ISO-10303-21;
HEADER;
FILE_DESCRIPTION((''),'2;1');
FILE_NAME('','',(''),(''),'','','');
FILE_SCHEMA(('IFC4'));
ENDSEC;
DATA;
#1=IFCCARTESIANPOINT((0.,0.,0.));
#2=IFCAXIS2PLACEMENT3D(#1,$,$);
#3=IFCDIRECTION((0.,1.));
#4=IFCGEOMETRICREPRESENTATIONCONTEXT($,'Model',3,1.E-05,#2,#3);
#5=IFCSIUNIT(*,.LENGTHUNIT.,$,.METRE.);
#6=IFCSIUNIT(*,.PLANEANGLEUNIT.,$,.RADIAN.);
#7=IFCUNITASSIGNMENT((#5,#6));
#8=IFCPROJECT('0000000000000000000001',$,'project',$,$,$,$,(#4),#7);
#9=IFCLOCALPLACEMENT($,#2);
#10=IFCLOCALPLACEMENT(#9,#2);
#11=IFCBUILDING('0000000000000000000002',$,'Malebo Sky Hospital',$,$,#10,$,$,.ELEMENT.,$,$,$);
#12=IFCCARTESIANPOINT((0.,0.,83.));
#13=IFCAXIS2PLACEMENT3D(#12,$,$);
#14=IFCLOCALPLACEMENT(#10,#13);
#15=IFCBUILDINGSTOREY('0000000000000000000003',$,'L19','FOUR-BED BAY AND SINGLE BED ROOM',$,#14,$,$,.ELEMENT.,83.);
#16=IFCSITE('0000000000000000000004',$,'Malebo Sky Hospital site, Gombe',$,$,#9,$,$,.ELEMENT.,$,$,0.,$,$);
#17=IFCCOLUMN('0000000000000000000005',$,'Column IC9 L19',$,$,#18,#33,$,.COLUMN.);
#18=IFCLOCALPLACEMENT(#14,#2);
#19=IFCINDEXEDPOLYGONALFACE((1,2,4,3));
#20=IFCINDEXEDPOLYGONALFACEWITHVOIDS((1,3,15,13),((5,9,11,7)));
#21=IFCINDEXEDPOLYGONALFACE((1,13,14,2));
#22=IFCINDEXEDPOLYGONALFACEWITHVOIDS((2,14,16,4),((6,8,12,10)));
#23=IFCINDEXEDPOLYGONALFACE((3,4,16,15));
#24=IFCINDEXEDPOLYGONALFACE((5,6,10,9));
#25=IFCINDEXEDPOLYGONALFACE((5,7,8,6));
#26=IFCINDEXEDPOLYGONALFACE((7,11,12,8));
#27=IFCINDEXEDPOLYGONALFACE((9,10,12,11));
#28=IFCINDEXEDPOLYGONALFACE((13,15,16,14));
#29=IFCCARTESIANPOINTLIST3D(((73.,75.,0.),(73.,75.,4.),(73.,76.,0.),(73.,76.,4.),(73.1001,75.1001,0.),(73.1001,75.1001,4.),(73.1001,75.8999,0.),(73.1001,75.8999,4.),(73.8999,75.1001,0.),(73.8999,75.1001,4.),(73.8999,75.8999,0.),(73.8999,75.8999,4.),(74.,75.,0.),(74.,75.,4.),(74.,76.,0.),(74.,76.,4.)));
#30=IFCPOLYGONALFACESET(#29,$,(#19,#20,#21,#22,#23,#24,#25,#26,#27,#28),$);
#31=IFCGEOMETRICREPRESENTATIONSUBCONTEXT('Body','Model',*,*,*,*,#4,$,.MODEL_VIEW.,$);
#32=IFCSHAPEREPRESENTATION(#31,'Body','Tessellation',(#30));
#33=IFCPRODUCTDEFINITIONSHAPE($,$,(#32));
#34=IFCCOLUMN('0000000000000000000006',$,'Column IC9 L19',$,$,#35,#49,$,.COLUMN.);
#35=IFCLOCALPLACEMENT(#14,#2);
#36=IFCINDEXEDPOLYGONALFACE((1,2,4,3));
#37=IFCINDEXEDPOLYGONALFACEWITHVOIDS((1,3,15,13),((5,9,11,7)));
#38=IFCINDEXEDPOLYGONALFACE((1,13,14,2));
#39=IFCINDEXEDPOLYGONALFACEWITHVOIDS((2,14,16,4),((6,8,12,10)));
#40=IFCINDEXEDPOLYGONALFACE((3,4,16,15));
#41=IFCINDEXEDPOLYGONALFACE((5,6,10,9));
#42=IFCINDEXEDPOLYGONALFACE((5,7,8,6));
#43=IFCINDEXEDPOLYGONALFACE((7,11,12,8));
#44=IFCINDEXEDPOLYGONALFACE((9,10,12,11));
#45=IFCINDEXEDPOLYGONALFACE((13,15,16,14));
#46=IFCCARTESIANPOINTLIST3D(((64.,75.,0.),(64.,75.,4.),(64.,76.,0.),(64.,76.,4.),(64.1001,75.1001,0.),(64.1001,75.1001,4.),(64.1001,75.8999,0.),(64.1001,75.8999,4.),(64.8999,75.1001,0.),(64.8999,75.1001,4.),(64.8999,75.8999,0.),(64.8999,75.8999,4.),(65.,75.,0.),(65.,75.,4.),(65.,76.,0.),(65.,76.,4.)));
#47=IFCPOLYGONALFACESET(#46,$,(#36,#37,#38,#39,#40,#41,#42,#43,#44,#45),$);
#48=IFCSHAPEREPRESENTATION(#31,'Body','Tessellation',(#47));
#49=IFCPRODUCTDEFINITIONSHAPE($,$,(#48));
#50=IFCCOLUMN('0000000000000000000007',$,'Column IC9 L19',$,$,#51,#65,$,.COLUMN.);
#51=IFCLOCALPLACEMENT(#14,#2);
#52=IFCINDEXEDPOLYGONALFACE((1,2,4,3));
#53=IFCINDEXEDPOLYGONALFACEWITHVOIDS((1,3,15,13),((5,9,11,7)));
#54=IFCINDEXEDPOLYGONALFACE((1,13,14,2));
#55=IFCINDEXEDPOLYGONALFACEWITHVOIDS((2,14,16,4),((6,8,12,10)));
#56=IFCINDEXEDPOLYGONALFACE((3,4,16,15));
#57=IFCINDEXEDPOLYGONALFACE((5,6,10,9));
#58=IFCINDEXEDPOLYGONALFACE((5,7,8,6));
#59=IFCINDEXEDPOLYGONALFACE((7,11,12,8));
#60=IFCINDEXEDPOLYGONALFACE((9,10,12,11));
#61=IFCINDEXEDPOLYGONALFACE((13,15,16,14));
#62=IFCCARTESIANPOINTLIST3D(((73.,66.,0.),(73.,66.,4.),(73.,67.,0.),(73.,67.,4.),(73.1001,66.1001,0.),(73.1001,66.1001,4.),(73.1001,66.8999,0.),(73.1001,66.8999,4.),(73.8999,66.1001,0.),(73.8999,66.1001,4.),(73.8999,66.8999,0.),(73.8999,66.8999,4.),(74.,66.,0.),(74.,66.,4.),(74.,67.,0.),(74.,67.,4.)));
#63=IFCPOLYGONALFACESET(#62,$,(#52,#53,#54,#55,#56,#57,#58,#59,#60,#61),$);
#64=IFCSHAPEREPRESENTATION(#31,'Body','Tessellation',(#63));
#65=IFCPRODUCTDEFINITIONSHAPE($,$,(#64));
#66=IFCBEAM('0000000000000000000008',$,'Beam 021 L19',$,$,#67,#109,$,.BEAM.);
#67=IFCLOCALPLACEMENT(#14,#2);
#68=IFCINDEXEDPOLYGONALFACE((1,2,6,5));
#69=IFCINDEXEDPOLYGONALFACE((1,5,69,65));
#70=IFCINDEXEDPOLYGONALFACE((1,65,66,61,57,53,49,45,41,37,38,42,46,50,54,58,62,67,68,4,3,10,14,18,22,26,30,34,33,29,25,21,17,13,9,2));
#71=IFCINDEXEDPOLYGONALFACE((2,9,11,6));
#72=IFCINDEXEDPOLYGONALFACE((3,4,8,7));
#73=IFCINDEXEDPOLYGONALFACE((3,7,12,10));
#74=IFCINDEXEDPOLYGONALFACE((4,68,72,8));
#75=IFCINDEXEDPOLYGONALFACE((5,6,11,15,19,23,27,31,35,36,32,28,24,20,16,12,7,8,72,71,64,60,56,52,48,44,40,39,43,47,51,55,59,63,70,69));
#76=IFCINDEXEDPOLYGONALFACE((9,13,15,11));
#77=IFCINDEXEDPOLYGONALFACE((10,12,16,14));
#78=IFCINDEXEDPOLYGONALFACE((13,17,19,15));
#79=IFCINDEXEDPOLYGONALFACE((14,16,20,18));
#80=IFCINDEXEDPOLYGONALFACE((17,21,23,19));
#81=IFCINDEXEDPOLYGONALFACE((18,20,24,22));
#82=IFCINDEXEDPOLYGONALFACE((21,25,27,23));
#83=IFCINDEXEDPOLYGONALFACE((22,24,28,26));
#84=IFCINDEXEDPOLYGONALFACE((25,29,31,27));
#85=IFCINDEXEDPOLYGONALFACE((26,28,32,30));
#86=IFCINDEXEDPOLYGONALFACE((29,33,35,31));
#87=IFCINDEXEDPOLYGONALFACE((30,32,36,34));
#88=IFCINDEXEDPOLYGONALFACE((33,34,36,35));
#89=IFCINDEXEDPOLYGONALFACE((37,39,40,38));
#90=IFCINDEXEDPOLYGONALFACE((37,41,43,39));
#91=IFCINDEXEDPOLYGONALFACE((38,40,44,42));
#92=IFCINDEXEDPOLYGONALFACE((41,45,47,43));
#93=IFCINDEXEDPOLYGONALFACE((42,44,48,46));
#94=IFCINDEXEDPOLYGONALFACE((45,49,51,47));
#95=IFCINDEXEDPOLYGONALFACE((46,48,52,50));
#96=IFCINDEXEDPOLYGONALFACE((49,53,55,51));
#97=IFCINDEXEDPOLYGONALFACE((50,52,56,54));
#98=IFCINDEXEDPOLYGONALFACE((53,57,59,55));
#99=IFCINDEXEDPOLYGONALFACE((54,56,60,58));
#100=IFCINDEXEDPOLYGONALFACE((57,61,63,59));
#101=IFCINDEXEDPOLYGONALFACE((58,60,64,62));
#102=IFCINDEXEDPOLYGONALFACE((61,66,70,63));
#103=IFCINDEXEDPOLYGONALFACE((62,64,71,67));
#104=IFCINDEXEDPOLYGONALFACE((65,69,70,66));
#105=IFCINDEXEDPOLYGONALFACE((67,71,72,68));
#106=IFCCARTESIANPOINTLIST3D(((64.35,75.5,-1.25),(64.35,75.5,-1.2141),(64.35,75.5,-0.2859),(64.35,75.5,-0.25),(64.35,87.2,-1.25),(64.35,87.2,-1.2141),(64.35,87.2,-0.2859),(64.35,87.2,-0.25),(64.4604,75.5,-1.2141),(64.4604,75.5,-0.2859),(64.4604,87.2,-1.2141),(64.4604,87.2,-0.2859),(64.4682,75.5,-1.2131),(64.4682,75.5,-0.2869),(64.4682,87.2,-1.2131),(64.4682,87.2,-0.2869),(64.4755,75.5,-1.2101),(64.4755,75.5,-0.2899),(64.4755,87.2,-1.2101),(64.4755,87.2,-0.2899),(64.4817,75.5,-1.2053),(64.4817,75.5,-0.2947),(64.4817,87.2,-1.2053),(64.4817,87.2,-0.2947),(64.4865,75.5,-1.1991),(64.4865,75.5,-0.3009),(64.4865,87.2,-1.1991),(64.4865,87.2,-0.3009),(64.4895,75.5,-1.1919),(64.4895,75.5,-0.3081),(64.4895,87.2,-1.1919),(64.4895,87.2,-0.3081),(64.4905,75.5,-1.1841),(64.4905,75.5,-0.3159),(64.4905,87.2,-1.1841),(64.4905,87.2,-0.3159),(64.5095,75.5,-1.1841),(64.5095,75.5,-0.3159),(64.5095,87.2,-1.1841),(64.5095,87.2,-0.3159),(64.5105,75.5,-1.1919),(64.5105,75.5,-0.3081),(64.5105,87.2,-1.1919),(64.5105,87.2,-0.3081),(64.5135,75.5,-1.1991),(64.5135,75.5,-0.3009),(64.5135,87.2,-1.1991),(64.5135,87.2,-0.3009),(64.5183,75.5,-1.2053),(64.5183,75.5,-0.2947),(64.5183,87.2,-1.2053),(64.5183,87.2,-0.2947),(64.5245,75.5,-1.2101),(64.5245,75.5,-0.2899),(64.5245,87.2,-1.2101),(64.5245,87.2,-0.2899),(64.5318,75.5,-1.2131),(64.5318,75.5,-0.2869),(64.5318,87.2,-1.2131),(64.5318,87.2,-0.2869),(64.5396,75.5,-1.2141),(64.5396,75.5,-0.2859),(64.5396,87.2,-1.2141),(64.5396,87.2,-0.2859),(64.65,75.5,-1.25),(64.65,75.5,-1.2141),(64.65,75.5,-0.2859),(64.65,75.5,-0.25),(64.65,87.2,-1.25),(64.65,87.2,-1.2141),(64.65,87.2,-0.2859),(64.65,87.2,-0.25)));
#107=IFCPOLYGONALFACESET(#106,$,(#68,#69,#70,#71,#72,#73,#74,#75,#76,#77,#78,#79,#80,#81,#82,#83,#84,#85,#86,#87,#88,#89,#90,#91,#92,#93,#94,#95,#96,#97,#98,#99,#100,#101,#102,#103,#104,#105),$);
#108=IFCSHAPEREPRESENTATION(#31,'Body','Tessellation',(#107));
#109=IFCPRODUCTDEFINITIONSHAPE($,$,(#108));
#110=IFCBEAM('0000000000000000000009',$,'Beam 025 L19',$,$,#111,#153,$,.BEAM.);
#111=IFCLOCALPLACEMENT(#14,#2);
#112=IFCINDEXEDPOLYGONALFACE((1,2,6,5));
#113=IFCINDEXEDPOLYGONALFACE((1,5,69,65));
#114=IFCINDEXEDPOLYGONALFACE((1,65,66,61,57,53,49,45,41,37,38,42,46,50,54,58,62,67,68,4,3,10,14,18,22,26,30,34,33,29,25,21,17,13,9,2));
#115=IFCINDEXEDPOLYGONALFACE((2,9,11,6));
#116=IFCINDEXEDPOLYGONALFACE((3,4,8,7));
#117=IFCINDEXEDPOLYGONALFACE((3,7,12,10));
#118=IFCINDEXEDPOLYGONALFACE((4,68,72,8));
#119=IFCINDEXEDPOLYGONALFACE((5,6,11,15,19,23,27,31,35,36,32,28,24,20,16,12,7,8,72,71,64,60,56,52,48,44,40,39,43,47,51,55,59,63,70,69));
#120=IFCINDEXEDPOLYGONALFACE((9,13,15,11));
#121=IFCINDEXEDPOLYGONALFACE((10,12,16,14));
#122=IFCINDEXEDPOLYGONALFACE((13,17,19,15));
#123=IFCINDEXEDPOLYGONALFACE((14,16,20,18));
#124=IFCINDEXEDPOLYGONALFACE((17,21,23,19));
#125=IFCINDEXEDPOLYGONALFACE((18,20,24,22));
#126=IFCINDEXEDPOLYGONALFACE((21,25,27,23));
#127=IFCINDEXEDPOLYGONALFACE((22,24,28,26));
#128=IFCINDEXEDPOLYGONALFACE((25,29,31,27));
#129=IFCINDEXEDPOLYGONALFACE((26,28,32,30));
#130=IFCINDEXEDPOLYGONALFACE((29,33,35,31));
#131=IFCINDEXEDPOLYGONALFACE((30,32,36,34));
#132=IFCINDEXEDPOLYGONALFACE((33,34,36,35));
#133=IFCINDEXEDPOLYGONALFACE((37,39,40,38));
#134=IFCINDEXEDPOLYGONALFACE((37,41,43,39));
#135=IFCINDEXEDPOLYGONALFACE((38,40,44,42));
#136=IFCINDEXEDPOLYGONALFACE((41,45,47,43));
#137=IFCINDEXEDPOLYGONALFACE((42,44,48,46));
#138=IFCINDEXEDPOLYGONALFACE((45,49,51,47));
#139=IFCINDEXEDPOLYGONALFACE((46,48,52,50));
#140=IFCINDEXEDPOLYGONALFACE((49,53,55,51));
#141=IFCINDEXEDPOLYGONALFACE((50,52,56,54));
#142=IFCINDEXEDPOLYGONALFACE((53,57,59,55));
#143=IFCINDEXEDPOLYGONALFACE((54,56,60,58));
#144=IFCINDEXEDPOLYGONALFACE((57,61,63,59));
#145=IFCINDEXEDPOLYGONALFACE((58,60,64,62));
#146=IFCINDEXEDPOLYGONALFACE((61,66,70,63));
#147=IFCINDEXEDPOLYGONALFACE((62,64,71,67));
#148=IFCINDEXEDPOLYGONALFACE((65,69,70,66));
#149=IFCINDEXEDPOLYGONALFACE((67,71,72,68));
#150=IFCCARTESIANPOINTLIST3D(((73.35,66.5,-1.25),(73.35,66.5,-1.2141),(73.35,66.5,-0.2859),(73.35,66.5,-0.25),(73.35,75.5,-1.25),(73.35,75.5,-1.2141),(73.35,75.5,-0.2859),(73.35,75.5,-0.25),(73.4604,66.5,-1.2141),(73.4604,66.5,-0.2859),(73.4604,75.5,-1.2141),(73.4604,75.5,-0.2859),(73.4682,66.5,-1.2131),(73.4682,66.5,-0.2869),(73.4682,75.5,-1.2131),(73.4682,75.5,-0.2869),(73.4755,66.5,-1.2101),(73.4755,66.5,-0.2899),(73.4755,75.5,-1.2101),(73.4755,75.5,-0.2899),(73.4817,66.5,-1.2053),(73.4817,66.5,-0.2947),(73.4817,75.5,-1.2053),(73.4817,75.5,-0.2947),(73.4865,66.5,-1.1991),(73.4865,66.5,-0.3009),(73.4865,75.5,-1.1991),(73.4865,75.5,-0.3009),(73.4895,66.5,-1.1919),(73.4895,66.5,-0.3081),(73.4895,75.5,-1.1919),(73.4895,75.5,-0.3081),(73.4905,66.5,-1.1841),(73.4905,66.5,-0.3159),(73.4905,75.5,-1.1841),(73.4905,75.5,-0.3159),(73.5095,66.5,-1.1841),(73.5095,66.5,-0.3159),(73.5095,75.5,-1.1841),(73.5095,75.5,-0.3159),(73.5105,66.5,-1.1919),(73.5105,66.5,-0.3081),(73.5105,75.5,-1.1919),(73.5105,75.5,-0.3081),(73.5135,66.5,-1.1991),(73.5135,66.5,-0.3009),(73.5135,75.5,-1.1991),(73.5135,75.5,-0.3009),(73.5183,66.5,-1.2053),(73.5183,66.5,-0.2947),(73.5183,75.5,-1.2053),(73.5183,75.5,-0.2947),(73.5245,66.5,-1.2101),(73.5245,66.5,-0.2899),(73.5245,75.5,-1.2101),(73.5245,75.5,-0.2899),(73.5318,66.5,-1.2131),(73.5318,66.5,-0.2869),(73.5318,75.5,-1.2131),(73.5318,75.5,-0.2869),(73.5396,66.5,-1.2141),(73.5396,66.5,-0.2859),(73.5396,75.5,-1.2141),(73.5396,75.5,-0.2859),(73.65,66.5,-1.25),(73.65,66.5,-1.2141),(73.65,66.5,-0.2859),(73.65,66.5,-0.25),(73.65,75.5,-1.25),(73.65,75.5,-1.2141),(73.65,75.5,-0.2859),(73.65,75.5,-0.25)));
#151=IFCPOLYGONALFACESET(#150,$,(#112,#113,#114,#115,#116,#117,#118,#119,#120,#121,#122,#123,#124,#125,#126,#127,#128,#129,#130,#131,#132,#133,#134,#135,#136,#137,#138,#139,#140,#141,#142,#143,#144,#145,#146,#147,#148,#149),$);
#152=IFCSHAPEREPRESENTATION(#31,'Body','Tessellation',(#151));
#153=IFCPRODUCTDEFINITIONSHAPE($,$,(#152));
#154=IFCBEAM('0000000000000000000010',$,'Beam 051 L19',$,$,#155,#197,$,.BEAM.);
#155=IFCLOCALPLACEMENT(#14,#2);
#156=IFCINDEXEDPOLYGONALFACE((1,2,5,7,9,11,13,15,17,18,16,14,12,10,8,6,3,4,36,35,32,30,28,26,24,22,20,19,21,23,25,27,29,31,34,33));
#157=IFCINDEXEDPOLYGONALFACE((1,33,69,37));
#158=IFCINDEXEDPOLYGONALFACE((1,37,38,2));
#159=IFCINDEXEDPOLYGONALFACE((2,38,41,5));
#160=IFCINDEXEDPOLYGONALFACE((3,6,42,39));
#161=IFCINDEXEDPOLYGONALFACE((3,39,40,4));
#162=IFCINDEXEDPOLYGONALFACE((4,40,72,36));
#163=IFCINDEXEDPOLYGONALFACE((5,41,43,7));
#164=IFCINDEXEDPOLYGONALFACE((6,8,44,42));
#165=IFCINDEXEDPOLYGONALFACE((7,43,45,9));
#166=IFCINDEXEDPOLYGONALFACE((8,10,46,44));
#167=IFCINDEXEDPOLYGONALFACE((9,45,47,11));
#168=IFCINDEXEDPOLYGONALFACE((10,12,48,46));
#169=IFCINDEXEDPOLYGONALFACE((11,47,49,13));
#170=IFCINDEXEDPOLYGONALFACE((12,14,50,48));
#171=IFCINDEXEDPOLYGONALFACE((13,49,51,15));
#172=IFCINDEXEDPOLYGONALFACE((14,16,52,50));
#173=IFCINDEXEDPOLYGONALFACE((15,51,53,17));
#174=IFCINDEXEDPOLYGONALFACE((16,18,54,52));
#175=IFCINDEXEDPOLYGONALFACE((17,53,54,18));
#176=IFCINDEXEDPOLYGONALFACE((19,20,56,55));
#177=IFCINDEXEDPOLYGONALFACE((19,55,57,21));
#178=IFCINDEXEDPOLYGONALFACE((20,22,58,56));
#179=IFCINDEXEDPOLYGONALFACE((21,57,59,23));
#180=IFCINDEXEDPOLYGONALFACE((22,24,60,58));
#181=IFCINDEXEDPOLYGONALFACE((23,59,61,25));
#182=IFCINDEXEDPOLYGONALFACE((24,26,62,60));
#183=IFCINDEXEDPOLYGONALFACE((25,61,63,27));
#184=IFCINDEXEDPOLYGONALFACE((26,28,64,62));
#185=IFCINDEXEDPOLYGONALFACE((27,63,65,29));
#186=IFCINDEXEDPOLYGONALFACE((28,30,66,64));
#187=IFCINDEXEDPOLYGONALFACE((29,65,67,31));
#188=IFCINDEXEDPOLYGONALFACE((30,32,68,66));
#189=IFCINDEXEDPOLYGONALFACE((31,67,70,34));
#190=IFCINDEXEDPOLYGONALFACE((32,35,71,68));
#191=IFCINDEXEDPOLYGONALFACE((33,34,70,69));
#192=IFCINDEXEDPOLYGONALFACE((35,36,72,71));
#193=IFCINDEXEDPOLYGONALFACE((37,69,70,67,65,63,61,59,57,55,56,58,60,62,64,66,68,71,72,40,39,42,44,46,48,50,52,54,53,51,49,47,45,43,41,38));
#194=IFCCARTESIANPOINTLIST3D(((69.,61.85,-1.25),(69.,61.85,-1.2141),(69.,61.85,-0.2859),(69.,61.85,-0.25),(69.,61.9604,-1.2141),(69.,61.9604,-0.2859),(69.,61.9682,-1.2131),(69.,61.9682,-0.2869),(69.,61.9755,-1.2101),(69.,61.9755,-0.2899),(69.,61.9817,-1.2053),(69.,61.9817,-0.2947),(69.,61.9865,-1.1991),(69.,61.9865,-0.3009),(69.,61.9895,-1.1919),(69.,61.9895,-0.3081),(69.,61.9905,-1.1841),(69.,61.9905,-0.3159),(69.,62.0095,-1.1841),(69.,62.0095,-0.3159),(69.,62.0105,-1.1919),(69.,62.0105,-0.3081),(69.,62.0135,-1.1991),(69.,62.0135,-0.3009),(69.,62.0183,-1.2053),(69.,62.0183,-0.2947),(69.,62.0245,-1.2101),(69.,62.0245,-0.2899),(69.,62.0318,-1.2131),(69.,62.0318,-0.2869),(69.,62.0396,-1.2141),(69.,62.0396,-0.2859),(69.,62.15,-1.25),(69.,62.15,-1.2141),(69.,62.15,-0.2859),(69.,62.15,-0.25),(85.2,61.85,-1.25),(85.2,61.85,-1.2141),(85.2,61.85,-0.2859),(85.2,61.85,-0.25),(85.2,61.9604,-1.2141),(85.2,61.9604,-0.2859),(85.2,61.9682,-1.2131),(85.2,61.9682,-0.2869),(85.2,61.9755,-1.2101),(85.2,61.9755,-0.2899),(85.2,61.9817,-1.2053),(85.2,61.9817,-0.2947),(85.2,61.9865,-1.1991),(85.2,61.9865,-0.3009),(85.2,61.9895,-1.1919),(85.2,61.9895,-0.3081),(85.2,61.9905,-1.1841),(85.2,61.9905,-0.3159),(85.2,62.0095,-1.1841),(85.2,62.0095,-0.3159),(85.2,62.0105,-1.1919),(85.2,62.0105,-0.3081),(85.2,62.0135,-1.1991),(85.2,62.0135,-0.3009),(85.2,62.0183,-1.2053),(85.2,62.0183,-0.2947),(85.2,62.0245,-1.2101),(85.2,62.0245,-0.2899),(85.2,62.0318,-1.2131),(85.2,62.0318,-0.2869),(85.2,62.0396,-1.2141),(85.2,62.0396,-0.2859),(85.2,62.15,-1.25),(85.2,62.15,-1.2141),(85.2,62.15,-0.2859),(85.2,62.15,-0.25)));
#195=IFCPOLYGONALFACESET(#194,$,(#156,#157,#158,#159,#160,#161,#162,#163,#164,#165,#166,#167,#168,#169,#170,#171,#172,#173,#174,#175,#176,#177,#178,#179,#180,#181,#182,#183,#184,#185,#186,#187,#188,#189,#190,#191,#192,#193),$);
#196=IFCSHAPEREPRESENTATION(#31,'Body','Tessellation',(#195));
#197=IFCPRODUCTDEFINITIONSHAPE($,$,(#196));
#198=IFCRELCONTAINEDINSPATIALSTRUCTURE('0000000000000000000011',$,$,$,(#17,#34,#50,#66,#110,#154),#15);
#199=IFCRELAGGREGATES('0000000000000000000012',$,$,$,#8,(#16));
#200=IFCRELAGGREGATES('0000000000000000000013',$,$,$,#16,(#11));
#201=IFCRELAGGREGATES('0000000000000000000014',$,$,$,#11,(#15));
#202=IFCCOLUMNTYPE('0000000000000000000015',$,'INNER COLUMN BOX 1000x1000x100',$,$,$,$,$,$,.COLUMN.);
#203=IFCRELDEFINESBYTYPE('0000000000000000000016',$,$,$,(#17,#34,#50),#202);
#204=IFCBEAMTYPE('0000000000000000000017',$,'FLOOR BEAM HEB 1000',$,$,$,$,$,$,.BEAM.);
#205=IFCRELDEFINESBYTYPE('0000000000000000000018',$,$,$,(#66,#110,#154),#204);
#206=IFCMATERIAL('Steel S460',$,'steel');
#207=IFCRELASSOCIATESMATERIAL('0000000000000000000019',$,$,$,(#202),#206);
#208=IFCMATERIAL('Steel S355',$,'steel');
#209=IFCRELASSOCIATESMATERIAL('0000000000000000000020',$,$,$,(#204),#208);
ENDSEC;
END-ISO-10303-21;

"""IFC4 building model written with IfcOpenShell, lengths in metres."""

from ifc_helpers import new_model, si_unit, direction, frame, origin, origin_2d, place, context, subcontext, project, spatial, hollow_rectangle, i_section, extrude, material, material_profile, profile_set, type_object, element, save


model = new_model("IFC4")

# Units and contexts
model_context = context("Model", 3, precision=1e-05, world=origin(), true_north=direction((0.0, 1.0)))
body_context = subcontext(model_context, "Body", "Model", "MODEL_VIEW")
ifc_project = project(units=[si_unit("LENGTHUNIT", "METRE"), si_unit("PLANEANGLEUNIT", "RADIAN")], contexts=[model_context])

# Site, building, storey
site_placement = place(None, origin())
site = spatial("IfcSite", under=ifc_project, at=site_placement, Name="Malebo Sky Hospital site, Gombe", CompositionType="ELEMENT", RefElevation=0.0)
building_placement = place(site_placement, origin())
building = spatial("IfcBuilding", under=site, at=building_placement, Name="Malebo Sky Hospital", CompositionType="ELEMENT")
storey_placement = place(building_placement, frame((0.0, 0.0, 83.0)))
storey = spatial("IfcBuildingStorey", under=building, at=storey_placement, Name="L19", Description="FOUR-BED BAY AND SINGLE BED ROOM", CompositionType="ELEMENT", Elevation=83.0)

# Columns
ifc_material_1 = material(Name="Steel S460", Category="steel")
ifc_material_profile_1 = material_profile(ifc_material_1, hollow_rectangle(XDim=1.0, YDim=1.0, WallThickness=0.1001, at=origin_2d()), Name="BOX 1000x1000x100")
ifc_profile_set_1 = profile_set([ifc_material_profile_1], Name="Steel S460")
column_type = type_object("IfcColumnType", Name="INNER COLUMN BOX 1000x1000x100", PredefinedType="COLUMN", material=ifc_profile_set_1)
for number, where, z_axis, x_axis, name in (
    (1, (73.5, 75.5, 0.0), (0.0, 0.0, 1.0), (1.0, 0.0, 0.0), "Column IC9 L19"),
    (2, (64.5, 75.5, 0.0), (0.0, 0.0, 1.0), (1.0, 0.0, 0.0), "Column IC9 L19"),
    (3, (73.5, 66.5, 0.0), (0.0, 0.0, 1.0), (1.0, 0.0, 0.0), "Column IC9 L19"),
):
    element("IfcColumn", number, at=place(storey_placement, frame(where, z_axis=z_axis, x_axis=x_axis)), inside=storey, type_object=column_type, Name=name, PredefinedType="COLUMN", context=body_context, shape_type="SweptSolid", body=[
        extrude(hollow_rectangle(XDim=1.0, YDim=1.0, WallThickness=0.1001, at=origin_2d()), origin(), (0.0, 0.0, 1.0), 4.0),
    ])

# Beams
ifc_material_2 = material(Name="Steel S355", Category="steel")
ifc_material_profile_2 = material_profile(ifc_material_2, i_section(OverallWidth=0.3, OverallDepth=1.0, WebThickness=0.019, FlangeThickness=0.0359, FilletRadius=0.03, at=origin_2d()), Name="HEB 1000")
ifc_profile_set_2 = profile_set([ifc_material_profile_2], Name="Steel S355")
beam_type_1 = type_object("IfcBeamType", Name="FLOOR BEAM HEB 1000", PredefinedType="BEAM", material=ifc_profile_set_2)
beam_1_placement = place(storey_placement, frame((64.5, 75.5, -0.75), z_axis=(0.0, 1.0, 0.0), x_axis=(-1.0, 0.0, 0.0)))
element("IfcBeam", 4, at=beam_1_placement, inside=storey, type_object=beam_type_1, Name="Beam 021 L19", PredefinedType="BEAM", context=body_context, shape_type="SweptSolid", body=[
    extrude(i_section(OverallWidth=0.3, OverallDepth=1.0, WebThickness=0.019, FlangeThickness=0.0359, FilletRadius=0.03, at=origin_2d()), origin(), (0.0, 0.0, 1.0), 11.7),
])
beam_2_placement = place(storey_placement, frame((73.5, 66.5, -0.75), z_axis=(0.0, 1.0, 0.0), x_axis=(-1.0, 0.0, 0.0)))
element("IfcBeam", 5, at=beam_2_placement, inside=storey, type_object=beam_type_1, Name="Beam 025 L19", PredefinedType="BEAM", context=body_context, shape_type="SweptSolid", body=[
    extrude(i_section(OverallWidth=0.3, OverallDepth=1.0, WebThickness=0.019, FlangeThickness=0.0359, FilletRadius=0.03, at=origin_2d()), origin(), (0.0, 0.0, 1.0), 9.0),
])
beam_3_placement = place(storey_placement, frame((69.0, 62.0, -0.75), z_axis=(1.0, 0.0, 0.0), x_axis=(0.0, 1.0, 0.0)))
element("IfcBeam", 6, at=beam_3_placement, inside=storey, type_object=beam_type_1, Name="Beam 051 L19", PredefinedType="BEAM", context=body_context, shape_type="SweptSolid", body=[
    extrude(i_section(OverallWidth=0.3, OverallDepth=1.0, WebThickness=0.019, FlangeThickness=0.0359, FilletRadius=0.03, at=origin_2d()), origin(), (0.0, 0.0, 1.0), 16.2),
])

save(model, "model.ifc")
